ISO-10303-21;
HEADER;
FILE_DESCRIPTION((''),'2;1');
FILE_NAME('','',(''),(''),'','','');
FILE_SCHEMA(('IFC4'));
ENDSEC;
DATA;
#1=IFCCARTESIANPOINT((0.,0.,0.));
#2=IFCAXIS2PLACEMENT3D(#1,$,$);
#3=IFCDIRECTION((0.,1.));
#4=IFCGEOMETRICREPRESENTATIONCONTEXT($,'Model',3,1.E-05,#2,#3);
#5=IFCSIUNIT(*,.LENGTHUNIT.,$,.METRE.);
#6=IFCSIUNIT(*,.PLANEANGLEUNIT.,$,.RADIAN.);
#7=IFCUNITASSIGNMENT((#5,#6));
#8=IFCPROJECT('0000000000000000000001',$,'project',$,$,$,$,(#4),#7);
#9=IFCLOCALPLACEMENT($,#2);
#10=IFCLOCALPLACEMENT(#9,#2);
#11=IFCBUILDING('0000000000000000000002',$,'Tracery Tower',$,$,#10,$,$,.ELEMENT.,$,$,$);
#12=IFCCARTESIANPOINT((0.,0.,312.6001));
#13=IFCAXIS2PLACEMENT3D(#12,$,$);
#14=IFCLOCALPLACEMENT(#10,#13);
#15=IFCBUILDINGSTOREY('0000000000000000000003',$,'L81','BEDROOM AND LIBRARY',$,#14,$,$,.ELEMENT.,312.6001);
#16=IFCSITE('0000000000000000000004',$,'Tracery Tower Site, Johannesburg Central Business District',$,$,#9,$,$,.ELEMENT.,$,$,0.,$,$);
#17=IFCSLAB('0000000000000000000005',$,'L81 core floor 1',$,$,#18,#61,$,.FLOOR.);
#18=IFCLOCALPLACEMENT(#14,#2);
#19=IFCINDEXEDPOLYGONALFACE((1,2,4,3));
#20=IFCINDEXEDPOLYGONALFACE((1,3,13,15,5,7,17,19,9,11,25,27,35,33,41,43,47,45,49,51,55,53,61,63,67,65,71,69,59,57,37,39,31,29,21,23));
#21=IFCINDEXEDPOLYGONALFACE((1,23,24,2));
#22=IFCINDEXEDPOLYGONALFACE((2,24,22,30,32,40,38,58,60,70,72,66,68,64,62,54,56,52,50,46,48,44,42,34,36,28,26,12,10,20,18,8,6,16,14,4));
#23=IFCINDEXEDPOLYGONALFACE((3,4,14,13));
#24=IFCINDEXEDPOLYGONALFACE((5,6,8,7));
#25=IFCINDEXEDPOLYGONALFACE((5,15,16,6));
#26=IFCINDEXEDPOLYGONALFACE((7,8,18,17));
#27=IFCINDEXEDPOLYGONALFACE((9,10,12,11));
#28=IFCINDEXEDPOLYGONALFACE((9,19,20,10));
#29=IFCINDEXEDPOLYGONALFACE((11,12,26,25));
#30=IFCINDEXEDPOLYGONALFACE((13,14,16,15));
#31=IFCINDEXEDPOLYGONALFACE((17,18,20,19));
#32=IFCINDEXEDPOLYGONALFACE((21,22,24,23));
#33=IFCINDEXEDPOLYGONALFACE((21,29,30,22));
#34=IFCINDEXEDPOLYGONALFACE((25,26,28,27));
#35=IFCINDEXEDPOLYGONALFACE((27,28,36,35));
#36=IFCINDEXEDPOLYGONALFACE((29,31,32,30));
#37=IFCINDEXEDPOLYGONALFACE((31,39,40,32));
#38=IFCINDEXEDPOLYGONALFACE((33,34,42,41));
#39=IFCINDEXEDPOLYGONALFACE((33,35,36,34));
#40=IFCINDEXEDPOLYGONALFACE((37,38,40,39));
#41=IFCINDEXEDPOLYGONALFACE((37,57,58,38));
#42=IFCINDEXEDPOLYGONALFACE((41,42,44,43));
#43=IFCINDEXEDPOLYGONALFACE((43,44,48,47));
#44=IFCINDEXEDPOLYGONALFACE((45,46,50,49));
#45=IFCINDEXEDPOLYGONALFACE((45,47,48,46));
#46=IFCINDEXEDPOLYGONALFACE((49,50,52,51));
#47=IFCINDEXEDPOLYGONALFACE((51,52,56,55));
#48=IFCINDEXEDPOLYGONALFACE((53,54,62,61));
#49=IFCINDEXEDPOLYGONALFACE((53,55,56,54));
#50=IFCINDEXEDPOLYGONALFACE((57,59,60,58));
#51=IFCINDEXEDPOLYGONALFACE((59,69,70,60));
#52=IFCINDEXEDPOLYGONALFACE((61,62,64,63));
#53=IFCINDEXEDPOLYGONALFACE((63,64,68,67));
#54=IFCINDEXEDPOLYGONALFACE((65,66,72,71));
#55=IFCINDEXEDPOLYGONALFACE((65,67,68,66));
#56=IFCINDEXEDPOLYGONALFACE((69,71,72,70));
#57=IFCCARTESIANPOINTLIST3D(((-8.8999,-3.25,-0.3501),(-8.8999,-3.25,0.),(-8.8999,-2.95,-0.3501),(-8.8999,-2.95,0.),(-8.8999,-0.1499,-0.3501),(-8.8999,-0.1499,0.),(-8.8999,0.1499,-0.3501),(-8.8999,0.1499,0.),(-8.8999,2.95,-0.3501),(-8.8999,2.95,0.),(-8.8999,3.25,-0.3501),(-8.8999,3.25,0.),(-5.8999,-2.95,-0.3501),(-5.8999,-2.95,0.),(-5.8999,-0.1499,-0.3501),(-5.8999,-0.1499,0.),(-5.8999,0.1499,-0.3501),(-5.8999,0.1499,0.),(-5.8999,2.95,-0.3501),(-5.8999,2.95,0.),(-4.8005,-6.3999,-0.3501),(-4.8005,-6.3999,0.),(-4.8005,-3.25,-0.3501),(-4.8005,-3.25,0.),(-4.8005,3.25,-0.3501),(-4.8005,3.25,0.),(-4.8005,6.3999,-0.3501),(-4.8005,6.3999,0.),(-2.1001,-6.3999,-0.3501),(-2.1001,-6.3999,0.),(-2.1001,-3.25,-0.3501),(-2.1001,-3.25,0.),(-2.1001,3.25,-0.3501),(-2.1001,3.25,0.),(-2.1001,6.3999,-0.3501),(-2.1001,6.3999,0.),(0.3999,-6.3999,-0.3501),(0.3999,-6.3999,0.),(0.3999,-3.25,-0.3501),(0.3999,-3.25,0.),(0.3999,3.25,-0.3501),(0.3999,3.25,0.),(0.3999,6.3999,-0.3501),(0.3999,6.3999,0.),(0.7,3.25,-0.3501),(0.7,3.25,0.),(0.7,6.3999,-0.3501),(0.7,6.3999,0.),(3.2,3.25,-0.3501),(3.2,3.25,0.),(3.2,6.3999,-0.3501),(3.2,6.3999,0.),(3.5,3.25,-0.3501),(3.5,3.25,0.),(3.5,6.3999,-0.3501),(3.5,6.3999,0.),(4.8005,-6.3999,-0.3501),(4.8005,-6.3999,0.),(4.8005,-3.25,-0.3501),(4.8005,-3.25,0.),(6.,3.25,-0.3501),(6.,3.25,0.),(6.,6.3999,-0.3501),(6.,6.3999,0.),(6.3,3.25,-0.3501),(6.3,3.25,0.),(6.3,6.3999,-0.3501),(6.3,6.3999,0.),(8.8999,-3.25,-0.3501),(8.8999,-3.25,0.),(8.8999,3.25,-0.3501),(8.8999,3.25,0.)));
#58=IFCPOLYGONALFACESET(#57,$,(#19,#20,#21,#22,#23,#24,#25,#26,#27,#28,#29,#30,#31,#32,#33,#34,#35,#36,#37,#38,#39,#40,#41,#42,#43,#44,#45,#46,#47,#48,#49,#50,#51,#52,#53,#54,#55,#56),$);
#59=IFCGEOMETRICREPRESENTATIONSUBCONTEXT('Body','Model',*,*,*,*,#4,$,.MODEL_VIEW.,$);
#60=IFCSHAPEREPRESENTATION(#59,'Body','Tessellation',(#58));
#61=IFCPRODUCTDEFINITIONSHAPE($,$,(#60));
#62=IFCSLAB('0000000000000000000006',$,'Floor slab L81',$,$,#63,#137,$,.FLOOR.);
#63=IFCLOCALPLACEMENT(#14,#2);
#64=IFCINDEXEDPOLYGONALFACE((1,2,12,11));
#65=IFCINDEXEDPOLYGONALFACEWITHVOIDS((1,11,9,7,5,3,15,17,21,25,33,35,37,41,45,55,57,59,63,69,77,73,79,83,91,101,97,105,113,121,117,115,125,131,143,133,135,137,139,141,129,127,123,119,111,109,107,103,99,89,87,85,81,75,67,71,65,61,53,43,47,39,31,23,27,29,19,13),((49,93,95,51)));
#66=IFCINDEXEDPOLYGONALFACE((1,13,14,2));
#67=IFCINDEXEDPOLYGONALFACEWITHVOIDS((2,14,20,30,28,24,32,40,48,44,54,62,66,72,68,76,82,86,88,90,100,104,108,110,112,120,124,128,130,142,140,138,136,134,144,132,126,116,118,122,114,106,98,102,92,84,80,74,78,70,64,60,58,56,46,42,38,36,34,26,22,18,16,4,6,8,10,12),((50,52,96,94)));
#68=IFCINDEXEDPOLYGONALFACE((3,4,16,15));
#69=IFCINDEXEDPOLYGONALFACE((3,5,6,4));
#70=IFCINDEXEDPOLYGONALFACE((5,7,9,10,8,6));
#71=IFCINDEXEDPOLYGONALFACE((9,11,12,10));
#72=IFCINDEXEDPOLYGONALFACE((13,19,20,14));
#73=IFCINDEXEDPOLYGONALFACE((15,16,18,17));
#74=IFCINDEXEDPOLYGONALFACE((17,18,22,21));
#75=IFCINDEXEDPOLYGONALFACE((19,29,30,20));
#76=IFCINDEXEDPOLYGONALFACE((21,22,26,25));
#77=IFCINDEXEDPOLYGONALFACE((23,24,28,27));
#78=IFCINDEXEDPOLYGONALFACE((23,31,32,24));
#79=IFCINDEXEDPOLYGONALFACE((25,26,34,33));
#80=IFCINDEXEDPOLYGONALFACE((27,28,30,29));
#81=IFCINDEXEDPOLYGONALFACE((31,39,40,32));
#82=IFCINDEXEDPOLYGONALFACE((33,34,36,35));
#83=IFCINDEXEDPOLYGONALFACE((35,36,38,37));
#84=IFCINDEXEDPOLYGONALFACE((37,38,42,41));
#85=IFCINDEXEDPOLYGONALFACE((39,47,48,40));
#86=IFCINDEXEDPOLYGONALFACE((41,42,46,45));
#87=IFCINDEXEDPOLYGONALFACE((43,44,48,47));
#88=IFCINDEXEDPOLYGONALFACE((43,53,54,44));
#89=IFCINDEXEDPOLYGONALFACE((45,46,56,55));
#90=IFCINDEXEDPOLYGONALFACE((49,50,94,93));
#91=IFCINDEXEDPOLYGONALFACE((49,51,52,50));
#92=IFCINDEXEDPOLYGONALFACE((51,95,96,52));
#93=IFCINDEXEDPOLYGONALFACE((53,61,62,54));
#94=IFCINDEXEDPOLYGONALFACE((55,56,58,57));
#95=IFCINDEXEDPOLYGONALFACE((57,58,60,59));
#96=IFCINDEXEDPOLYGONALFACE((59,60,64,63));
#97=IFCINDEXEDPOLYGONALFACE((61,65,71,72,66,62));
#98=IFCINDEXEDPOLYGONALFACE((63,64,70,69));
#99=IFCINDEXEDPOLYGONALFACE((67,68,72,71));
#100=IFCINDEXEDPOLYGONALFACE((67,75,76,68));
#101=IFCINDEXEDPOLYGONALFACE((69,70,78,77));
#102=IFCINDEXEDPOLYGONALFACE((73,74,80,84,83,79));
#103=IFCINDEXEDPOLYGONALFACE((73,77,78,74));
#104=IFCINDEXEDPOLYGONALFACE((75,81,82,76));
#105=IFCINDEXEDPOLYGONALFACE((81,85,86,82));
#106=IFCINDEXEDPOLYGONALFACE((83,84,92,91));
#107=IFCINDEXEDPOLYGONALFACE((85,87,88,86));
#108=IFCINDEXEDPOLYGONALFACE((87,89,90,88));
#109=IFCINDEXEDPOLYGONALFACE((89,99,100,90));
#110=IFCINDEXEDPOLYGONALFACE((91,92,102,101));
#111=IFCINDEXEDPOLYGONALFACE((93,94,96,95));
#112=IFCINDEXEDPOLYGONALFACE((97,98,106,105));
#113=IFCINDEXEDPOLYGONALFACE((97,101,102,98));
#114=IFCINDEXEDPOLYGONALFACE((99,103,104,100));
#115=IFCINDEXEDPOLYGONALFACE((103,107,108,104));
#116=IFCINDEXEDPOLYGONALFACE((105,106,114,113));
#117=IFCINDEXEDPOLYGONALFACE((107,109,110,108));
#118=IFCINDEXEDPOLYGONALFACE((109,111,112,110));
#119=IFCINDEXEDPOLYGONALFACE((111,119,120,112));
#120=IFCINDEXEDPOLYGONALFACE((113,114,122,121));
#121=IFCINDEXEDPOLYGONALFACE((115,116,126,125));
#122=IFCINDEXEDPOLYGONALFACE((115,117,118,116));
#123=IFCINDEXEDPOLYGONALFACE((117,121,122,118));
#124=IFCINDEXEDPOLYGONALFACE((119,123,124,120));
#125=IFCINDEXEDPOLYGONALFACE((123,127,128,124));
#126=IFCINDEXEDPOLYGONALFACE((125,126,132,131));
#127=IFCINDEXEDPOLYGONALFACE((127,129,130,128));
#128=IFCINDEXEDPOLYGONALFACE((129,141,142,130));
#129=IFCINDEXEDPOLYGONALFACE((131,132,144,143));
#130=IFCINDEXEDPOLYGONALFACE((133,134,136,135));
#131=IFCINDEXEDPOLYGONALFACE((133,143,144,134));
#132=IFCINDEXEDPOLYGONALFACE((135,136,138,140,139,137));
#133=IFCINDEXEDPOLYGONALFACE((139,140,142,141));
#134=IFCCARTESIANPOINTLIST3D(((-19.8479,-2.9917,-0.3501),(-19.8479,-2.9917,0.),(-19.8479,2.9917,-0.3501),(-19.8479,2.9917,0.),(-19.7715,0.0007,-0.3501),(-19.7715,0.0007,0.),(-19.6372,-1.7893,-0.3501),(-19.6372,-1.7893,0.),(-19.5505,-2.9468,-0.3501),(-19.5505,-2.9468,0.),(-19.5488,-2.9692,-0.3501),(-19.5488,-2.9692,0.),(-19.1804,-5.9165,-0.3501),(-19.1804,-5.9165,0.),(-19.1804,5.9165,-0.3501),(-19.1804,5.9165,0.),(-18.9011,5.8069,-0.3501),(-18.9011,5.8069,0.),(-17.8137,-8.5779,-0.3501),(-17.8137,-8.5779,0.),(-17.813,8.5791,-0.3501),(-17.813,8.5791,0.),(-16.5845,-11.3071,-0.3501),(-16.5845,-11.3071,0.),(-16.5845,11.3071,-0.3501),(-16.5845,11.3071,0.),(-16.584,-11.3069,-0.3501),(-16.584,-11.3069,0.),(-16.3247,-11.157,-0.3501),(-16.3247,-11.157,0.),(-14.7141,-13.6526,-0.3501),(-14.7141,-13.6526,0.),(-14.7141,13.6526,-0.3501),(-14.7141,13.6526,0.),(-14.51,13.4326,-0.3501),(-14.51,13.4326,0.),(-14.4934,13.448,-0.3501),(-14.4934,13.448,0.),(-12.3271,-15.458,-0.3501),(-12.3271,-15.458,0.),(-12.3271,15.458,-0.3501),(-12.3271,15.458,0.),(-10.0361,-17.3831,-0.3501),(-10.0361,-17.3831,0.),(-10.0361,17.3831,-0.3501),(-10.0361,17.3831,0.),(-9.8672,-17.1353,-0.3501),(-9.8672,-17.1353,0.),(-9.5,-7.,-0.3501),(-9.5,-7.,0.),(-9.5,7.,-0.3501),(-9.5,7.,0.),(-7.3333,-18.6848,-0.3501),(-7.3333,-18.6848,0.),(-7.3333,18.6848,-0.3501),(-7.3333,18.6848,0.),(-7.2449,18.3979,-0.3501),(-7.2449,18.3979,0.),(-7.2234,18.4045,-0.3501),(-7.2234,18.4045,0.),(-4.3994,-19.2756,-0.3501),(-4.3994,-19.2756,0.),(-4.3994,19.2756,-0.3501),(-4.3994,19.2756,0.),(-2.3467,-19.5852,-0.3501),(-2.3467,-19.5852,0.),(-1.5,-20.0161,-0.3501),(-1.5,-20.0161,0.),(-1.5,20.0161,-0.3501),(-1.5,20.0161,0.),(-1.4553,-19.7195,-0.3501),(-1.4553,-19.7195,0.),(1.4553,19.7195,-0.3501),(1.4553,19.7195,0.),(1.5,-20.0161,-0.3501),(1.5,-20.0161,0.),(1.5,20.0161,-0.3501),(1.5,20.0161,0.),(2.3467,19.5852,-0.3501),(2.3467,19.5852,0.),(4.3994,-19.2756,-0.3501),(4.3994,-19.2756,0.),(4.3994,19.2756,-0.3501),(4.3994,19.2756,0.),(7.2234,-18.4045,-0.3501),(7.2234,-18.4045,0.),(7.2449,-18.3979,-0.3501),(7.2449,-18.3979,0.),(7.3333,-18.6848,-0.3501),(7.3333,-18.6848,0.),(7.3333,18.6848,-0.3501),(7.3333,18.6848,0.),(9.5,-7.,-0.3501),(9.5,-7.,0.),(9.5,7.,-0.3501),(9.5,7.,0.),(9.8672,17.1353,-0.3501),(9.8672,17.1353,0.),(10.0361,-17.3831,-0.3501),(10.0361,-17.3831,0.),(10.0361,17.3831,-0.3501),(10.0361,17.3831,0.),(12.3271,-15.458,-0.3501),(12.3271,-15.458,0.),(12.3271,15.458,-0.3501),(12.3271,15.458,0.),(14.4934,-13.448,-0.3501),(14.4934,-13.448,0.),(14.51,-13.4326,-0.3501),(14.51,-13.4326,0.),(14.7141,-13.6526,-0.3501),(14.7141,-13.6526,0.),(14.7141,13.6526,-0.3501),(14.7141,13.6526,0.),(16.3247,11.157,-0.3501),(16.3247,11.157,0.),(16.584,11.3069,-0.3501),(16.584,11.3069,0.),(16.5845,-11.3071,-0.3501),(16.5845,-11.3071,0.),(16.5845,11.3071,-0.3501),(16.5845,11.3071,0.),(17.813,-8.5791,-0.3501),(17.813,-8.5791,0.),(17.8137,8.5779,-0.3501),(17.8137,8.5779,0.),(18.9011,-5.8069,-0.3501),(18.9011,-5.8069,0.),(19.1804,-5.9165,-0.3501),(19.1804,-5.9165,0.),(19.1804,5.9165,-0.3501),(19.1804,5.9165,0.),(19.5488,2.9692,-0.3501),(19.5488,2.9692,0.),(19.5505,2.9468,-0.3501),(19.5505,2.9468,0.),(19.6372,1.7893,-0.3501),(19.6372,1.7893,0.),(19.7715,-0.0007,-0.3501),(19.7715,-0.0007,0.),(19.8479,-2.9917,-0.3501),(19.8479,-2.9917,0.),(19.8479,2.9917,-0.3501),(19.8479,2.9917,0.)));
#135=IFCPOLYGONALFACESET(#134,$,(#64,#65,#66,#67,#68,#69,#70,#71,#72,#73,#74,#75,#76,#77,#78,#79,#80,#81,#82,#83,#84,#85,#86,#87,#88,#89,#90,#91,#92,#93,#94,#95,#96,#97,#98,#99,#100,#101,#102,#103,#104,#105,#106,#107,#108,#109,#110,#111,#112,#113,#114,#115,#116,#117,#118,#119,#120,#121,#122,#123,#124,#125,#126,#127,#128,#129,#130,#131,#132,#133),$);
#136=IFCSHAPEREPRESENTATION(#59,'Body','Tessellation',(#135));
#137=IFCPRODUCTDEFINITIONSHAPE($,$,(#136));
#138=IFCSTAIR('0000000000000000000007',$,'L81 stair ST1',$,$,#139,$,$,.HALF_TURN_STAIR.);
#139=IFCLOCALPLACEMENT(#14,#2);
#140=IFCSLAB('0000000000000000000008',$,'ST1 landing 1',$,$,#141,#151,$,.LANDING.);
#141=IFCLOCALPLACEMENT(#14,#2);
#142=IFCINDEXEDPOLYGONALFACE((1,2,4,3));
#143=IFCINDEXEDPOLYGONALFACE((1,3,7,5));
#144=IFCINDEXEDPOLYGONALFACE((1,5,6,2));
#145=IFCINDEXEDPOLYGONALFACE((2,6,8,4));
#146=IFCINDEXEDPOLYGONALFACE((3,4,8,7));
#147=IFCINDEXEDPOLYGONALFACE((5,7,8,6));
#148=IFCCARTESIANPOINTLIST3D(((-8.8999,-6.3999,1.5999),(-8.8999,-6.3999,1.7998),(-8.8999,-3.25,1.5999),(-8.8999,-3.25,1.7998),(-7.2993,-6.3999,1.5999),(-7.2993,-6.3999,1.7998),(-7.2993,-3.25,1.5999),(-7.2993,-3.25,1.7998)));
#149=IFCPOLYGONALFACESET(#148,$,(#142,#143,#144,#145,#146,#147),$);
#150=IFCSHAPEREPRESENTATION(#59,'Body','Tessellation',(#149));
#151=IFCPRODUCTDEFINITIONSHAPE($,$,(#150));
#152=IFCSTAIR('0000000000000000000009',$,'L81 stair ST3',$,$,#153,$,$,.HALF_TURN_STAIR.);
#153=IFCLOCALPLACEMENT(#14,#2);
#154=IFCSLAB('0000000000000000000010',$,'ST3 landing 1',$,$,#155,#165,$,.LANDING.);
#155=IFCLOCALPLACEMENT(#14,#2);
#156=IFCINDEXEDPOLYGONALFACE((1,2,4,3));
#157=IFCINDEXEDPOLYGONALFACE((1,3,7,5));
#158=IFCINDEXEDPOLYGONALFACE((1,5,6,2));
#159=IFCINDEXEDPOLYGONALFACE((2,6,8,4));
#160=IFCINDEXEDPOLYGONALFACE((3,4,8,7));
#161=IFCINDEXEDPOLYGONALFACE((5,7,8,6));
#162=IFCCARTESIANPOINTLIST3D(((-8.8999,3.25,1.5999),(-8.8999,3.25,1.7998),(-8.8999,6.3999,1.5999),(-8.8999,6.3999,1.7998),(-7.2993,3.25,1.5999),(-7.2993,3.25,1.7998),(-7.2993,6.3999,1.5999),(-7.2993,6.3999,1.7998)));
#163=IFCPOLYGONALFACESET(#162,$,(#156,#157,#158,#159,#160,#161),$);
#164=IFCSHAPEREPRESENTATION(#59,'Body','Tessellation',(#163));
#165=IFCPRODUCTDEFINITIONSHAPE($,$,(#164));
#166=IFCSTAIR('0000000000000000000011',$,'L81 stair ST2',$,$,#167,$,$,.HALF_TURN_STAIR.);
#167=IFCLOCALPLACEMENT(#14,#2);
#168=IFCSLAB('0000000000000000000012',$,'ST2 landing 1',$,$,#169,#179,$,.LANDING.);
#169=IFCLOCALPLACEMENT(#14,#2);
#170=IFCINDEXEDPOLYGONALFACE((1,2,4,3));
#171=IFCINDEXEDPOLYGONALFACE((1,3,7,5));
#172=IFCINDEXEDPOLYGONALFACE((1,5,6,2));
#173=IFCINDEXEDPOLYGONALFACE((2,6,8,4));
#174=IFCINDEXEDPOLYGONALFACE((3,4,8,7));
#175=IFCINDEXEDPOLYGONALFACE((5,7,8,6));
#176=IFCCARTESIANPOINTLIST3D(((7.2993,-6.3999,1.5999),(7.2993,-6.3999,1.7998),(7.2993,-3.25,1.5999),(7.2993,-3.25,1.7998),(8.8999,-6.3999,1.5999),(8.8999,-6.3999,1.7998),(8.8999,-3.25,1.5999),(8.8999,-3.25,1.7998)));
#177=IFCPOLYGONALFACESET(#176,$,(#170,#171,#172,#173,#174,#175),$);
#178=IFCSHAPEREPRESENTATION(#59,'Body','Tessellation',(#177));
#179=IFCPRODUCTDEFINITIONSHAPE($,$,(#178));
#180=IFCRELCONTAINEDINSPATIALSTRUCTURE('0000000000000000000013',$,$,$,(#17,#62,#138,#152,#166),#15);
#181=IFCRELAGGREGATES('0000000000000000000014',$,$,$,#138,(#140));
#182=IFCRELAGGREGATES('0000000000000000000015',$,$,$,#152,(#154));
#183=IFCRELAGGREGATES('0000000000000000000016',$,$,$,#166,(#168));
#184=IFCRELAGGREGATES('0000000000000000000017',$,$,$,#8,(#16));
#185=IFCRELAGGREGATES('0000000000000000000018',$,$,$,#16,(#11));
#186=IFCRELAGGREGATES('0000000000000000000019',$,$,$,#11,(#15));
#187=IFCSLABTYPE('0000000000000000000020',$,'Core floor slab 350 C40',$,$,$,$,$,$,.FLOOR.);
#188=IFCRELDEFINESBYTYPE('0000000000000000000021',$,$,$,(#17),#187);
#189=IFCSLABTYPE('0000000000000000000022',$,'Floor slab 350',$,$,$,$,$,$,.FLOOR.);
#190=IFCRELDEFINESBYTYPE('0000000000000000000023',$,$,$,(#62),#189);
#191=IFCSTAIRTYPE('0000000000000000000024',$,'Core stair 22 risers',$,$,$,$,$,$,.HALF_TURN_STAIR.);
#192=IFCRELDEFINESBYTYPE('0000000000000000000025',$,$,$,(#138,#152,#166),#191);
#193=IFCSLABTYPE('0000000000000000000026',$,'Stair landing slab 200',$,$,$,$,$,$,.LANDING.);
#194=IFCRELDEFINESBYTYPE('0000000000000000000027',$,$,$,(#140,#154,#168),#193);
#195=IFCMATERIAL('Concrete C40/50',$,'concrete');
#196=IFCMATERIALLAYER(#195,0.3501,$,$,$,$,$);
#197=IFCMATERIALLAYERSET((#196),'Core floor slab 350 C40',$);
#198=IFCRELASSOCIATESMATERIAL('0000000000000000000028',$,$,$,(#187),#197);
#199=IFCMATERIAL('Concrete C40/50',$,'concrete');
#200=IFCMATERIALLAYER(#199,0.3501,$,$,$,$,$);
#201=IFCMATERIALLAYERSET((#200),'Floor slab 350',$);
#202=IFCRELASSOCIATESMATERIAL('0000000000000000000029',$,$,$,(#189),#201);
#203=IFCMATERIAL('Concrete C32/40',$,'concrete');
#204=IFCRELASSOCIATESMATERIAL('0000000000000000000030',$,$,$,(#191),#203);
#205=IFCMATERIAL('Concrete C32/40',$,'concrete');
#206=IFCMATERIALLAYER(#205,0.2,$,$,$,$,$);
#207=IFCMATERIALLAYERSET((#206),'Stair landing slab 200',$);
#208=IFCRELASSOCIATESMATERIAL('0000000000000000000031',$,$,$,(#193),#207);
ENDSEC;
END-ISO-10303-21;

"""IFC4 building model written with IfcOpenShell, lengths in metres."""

from ifc_helpers import new_model, si_unit, direction, frame, origin, place, context, subcontext, project, spatial, polyline, outline, extrude, material, layer, layer_set, type_object, element, aggregate, save


model = new_model("IFC4")

# Units and contexts
model_context = context("Model", 3, precision=1e-05, world=origin(), true_north=direction((0.0, 1.0)))
body_context = subcontext(model_context, "Body", "Model", "MODEL_VIEW")
ifc_project = project(units=[si_unit("LENGTHUNIT", "METRE"), si_unit("PLANEANGLEUNIT", "RADIAN")], contexts=[model_context])

# Site, building, storey
site_placement = place(None, origin())
site = spatial("IfcSite", under=ifc_project, at=site_placement, Name="Tracery Tower Site, Johannesburg Central Business District", CompositionType="ELEMENT", RefElevation=0.0)
building_placement = place(site_placement, origin())
building = spatial("IfcBuilding", under=site, at=building_placement, Name="Tracery Tower", CompositionType="ELEMENT")
storey_placement = place(building_placement, frame((0.0, 0.0, 312.6001)))
storey = spatial("IfcBuildingStorey", under=building, at=storey_placement, Name="L81", Description="BEDROOM AND LIBRARY", CompositionType="ELEMENT", Elevation=312.6001)

# Slabs
ifc_material_1 = material(Name="Concrete C40/50", Category="concrete")
ifc_layer_1 = layer(ifc_material_1, 0.3501)
ifc_layer_set_1 = layer_set([ifc_layer_1], Name="Core floor slab 350 C40")
slab_type_1 = type_object("IfcSlabType", Name="Core floor slab 350 C40", PredefinedType="FLOOR", material=ifc_layer_set_1)
slab_1_placement = place(storey_placement, frame((0.0, 0.0, -0.3501)))
element("IfcSlab", 1, at=slab_1_placement, inside=storey, type_object=slab_type_1, Name="L81 core floor 1", PredefinedType="FLOOR", context=body_context, shape_type="SweptSolid", body=[
    extrude(outline(polyline([(-4.8005, -3.25), (-8.8999, -3.25), (-8.8999, -2.95), (-5.8999, -2.95), (-5.8999, -0.1499), (-8.8999, -0.1499), (-8.8999, 0.1499), (-5.8999, 0.1499), (-5.8999, 2.95), (-8.8999, 2.95), (-8.8999, 3.25), (-4.8005, 3.25), (-4.8005, 6.3999), (-2.1001, 6.3999), (-2.1001, 3.25), (0.3999, 3.25), (0.3999, 6.3999), (0.7, 6.3999), (0.7, 3.25), (3.2, 3.25), (3.2, 6.3999), (3.5, 6.3999), (3.5, 3.25), (6.0, 3.25), (6.0, 6.3999), (6.3, 6.3999), (6.3, 3.25), (8.8999, 3.25), (8.8999, -3.25), (4.8005, -3.25), (4.8005, -6.3999), (0.3999, -6.3999), (0.3999, -3.25), (-2.1001, -3.25), (-2.1001, -6.3999), (-4.8005, -6.3999), (-4.8005, -3.25)])), origin(), (0.0, 0.0, 1.0), 0.3501),
])
ifc_material_2 = material(Name="Concrete C40/50", Category="concrete")
ifc_layer_2 = layer(ifc_material_2, 0.3501)
ifc_layer_set_2 = layer_set([ifc_layer_2], Name="Floor slab 350")
slab_type_2 = type_object("IfcSlabType", Name="Floor slab 350", PredefinedType="FLOOR", material=ifc_layer_set_2)
slab_2_placement = place(storey_placement, frame((0.0, 0.0, -0.3501)))
element("IfcSlab", 2, at=slab_2_placement, inside=storey, type_object=slab_type_2, Name="Floor slab L81", PredefinedType="FLOOR", context=body_context, shape_type="SweptSolid", body=[
    extrude(outline(polyline([(19.5505, 2.9468), (19.5488, 2.9692), (19.8479, 2.9917), (19.1804, 5.9165), (17.8137, 8.5779), (16.3247, 11.157), (16.584, 11.3069), (16.5845, 11.3071), (14.7141, 13.6526), (12.3271, 15.458), (9.8672, 17.1353), (10.0361, 17.3831), (7.3333, 18.6848), (4.3994, 19.2756), (2.3467, 19.5852), (1.4553, 19.7195), (1.5, 20.0161), (1.5, 20.0161), (-1.5, 20.0161), (-4.3994, 19.2756), (-7.2234, 18.4045), (-7.2234, 18.4045), (-7.2449, 18.3979), (-7.3333, 18.6848), (-10.0361, 17.3831), (-12.3271, 15.458), (-14.4934, 13.448), (-14.4934, 13.448), (-14.51, 13.4326), (-14.7141, 13.6526), (-14.7141, 13.6526), (-16.5845, 11.3071), (-17.813, 8.5791), (-18.9011, 5.8069), (-19.1804, 5.9165), (-19.8479, 2.9917), (-19.7715, 0.0007), (-19.6372, -1.7893), (-19.5505, -2.9468), (-19.5505, -2.9468), (-19.5488, -2.9692), (-19.8479, -2.9917), (-19.1804, -5.9165), (-17.8137, -8.5779), (-16.3247, -11.157), (-16.584, -11.3069), (-16.5845, -11.3071), (-14.7141, -13.6526), (-12.3271, -15.458), (-9.8672, -17.1353), (-10.0361, -17.3831), (-7.3333, -18.6848), (-4.3994, -19.2756), (-2.3467, -19.5852), (-1.4553, -19.7195), (-1.5, -20.0161), (-1.5, -20.0161), (1.5, -20.0161), (4.3994, -19.2756), (7.2234, -18.4045), (7.2234, -18.4045), (7.2449, -18.3979), (7.3333, -18.6848), (10.0361, -17.3831), (12.3271, -15.458), (14.4934, -13.448), (14.4934, -13.448), (14.51, -13.4326), (14.7141, -13.6526), (14.7141, -13.6526), (16.5845, -11.3071), (17.813, -8.5791), (18.9011, -5.8069), (19.1804, -5.9165), (19.8479, -2.9917), (19.7715, -0.0007), (19.6372, 1.7893), (19.5505, 2.9468), (19.5505, 2.9468)]), holes=[polyline([(-9.5, -7.0), (9.5, -7.0), (9.5, 7.0), (-9.5, 7.0), (-9.5, -7.0)])]), origin(), (0.0, 0.0, 1.0), 0.3501),
])

# Stairs, slabs
ifc_material_3 = material(Name="Concrete C32/40", Category="concrete")
stair_type = type_object("IfcStairType", Name="Core stair 22 risers", PredefinedType="HALF_TURN_STAIR", material=ifc_material_3)
stair_1_placement = place(storey_placement, origin())
stair_1 = element("IfcStair", 3, at=stair_1_placement, inside=storey, type_object=stair_type, Name="L81 stair ST1", PredefinedType="HALF_TURN_STAIR")
ifc_material_4 = material(Name="Concrete C32/40", Category="concrete")
ifc_layer_3 = layer(ifc_material_4, 0.2)
ifc_layer_set_3 = layer_set([ifc_layer_3], Name="Stair landing slab 200")
slab_type_3 = type_object("IfcSlabType", Name="Stair landing slab 200", PredefinedType="LANDING", material=ifc_layer_set_3)
slab_3_placement = place(storey_placement, frame((0.0, 0.0, 1.5999)))
slab_3 = element("IfcSlab", 4, at=slab_3_placement, type_object=slab_type_3, Name="ST1 landing 1", PredefinedType="LANDING", context=body_context, shape_type="SweptSolid", body=[
    extrude(outline(polyline([(-7.2993, -3.25), (-8.8999, -3.25), (-8.8999, -6.3999), (-7.2993, -6.3999), (-7.2993, -3.25)])), origin(), (0.0, 0.0, 1.0), 0.2),
])
aggregate(stair_1, [slab_3])
stair_2_placement = place(storey_placement, origin())
stair_2 = element("IfcStair", 5, at=stair_2_placement, inside=storey, type_object=stair_type, Name="L81 stair ST3", PredefinedType="HALF_TURN_STAIR")
slab_4_placement = place(storey_placement, frame((0.0, 0.0, 1.5999)))
slab_4 = element("IfcSlab", 6, at=slab_4_placement, type_object=slab_type_3, Name="ST3 landing 1", PredefinedType="LANDING", context=body_context, shape_type="SweptSolid", body=[
    extrude(outline(polyline([(-7.2993, 6.3999), (-8.8999, 6.3999), (-8.8999, 3.25), (-7.2993, 3.25), (-7.2993, 6.3999)])), origin(), (0.0, 0.0, 1.0), 0.2),
])
aggregate(stair_2, [slab_4])
stair_3_placement = place(storey_placement, origin())
stair_3 = element("IfcStair", 7, at=stair_3_placement, inside=storey, type_object=stair_type, Name="L81 stair ST2", PredefinedType="HALF_TURN_STAIR")
slab_5_placement = place(storey_placement, frame((0.0, 0.0, 1.5999)))
slab_5 = element("IfcSlab", 8, at=slab_5_placement, type_object=slab_type_3, Name="ST2 landing 1", PredefinedType="LANDING", context=body_context, shape_type="SweptSolid", body=[
    extrude(outline(polyline([(7.2993, -6.3999), (8.8999, -6.3999), (8.8999, -3.25), (7.2993, -3.25), (7.2993, -6.3999)])), origin(), (0.0, 0.0, 1.0), 0.2),
])

aggregate(stair_3, [slab_5])

save(model, "model.ifc")
